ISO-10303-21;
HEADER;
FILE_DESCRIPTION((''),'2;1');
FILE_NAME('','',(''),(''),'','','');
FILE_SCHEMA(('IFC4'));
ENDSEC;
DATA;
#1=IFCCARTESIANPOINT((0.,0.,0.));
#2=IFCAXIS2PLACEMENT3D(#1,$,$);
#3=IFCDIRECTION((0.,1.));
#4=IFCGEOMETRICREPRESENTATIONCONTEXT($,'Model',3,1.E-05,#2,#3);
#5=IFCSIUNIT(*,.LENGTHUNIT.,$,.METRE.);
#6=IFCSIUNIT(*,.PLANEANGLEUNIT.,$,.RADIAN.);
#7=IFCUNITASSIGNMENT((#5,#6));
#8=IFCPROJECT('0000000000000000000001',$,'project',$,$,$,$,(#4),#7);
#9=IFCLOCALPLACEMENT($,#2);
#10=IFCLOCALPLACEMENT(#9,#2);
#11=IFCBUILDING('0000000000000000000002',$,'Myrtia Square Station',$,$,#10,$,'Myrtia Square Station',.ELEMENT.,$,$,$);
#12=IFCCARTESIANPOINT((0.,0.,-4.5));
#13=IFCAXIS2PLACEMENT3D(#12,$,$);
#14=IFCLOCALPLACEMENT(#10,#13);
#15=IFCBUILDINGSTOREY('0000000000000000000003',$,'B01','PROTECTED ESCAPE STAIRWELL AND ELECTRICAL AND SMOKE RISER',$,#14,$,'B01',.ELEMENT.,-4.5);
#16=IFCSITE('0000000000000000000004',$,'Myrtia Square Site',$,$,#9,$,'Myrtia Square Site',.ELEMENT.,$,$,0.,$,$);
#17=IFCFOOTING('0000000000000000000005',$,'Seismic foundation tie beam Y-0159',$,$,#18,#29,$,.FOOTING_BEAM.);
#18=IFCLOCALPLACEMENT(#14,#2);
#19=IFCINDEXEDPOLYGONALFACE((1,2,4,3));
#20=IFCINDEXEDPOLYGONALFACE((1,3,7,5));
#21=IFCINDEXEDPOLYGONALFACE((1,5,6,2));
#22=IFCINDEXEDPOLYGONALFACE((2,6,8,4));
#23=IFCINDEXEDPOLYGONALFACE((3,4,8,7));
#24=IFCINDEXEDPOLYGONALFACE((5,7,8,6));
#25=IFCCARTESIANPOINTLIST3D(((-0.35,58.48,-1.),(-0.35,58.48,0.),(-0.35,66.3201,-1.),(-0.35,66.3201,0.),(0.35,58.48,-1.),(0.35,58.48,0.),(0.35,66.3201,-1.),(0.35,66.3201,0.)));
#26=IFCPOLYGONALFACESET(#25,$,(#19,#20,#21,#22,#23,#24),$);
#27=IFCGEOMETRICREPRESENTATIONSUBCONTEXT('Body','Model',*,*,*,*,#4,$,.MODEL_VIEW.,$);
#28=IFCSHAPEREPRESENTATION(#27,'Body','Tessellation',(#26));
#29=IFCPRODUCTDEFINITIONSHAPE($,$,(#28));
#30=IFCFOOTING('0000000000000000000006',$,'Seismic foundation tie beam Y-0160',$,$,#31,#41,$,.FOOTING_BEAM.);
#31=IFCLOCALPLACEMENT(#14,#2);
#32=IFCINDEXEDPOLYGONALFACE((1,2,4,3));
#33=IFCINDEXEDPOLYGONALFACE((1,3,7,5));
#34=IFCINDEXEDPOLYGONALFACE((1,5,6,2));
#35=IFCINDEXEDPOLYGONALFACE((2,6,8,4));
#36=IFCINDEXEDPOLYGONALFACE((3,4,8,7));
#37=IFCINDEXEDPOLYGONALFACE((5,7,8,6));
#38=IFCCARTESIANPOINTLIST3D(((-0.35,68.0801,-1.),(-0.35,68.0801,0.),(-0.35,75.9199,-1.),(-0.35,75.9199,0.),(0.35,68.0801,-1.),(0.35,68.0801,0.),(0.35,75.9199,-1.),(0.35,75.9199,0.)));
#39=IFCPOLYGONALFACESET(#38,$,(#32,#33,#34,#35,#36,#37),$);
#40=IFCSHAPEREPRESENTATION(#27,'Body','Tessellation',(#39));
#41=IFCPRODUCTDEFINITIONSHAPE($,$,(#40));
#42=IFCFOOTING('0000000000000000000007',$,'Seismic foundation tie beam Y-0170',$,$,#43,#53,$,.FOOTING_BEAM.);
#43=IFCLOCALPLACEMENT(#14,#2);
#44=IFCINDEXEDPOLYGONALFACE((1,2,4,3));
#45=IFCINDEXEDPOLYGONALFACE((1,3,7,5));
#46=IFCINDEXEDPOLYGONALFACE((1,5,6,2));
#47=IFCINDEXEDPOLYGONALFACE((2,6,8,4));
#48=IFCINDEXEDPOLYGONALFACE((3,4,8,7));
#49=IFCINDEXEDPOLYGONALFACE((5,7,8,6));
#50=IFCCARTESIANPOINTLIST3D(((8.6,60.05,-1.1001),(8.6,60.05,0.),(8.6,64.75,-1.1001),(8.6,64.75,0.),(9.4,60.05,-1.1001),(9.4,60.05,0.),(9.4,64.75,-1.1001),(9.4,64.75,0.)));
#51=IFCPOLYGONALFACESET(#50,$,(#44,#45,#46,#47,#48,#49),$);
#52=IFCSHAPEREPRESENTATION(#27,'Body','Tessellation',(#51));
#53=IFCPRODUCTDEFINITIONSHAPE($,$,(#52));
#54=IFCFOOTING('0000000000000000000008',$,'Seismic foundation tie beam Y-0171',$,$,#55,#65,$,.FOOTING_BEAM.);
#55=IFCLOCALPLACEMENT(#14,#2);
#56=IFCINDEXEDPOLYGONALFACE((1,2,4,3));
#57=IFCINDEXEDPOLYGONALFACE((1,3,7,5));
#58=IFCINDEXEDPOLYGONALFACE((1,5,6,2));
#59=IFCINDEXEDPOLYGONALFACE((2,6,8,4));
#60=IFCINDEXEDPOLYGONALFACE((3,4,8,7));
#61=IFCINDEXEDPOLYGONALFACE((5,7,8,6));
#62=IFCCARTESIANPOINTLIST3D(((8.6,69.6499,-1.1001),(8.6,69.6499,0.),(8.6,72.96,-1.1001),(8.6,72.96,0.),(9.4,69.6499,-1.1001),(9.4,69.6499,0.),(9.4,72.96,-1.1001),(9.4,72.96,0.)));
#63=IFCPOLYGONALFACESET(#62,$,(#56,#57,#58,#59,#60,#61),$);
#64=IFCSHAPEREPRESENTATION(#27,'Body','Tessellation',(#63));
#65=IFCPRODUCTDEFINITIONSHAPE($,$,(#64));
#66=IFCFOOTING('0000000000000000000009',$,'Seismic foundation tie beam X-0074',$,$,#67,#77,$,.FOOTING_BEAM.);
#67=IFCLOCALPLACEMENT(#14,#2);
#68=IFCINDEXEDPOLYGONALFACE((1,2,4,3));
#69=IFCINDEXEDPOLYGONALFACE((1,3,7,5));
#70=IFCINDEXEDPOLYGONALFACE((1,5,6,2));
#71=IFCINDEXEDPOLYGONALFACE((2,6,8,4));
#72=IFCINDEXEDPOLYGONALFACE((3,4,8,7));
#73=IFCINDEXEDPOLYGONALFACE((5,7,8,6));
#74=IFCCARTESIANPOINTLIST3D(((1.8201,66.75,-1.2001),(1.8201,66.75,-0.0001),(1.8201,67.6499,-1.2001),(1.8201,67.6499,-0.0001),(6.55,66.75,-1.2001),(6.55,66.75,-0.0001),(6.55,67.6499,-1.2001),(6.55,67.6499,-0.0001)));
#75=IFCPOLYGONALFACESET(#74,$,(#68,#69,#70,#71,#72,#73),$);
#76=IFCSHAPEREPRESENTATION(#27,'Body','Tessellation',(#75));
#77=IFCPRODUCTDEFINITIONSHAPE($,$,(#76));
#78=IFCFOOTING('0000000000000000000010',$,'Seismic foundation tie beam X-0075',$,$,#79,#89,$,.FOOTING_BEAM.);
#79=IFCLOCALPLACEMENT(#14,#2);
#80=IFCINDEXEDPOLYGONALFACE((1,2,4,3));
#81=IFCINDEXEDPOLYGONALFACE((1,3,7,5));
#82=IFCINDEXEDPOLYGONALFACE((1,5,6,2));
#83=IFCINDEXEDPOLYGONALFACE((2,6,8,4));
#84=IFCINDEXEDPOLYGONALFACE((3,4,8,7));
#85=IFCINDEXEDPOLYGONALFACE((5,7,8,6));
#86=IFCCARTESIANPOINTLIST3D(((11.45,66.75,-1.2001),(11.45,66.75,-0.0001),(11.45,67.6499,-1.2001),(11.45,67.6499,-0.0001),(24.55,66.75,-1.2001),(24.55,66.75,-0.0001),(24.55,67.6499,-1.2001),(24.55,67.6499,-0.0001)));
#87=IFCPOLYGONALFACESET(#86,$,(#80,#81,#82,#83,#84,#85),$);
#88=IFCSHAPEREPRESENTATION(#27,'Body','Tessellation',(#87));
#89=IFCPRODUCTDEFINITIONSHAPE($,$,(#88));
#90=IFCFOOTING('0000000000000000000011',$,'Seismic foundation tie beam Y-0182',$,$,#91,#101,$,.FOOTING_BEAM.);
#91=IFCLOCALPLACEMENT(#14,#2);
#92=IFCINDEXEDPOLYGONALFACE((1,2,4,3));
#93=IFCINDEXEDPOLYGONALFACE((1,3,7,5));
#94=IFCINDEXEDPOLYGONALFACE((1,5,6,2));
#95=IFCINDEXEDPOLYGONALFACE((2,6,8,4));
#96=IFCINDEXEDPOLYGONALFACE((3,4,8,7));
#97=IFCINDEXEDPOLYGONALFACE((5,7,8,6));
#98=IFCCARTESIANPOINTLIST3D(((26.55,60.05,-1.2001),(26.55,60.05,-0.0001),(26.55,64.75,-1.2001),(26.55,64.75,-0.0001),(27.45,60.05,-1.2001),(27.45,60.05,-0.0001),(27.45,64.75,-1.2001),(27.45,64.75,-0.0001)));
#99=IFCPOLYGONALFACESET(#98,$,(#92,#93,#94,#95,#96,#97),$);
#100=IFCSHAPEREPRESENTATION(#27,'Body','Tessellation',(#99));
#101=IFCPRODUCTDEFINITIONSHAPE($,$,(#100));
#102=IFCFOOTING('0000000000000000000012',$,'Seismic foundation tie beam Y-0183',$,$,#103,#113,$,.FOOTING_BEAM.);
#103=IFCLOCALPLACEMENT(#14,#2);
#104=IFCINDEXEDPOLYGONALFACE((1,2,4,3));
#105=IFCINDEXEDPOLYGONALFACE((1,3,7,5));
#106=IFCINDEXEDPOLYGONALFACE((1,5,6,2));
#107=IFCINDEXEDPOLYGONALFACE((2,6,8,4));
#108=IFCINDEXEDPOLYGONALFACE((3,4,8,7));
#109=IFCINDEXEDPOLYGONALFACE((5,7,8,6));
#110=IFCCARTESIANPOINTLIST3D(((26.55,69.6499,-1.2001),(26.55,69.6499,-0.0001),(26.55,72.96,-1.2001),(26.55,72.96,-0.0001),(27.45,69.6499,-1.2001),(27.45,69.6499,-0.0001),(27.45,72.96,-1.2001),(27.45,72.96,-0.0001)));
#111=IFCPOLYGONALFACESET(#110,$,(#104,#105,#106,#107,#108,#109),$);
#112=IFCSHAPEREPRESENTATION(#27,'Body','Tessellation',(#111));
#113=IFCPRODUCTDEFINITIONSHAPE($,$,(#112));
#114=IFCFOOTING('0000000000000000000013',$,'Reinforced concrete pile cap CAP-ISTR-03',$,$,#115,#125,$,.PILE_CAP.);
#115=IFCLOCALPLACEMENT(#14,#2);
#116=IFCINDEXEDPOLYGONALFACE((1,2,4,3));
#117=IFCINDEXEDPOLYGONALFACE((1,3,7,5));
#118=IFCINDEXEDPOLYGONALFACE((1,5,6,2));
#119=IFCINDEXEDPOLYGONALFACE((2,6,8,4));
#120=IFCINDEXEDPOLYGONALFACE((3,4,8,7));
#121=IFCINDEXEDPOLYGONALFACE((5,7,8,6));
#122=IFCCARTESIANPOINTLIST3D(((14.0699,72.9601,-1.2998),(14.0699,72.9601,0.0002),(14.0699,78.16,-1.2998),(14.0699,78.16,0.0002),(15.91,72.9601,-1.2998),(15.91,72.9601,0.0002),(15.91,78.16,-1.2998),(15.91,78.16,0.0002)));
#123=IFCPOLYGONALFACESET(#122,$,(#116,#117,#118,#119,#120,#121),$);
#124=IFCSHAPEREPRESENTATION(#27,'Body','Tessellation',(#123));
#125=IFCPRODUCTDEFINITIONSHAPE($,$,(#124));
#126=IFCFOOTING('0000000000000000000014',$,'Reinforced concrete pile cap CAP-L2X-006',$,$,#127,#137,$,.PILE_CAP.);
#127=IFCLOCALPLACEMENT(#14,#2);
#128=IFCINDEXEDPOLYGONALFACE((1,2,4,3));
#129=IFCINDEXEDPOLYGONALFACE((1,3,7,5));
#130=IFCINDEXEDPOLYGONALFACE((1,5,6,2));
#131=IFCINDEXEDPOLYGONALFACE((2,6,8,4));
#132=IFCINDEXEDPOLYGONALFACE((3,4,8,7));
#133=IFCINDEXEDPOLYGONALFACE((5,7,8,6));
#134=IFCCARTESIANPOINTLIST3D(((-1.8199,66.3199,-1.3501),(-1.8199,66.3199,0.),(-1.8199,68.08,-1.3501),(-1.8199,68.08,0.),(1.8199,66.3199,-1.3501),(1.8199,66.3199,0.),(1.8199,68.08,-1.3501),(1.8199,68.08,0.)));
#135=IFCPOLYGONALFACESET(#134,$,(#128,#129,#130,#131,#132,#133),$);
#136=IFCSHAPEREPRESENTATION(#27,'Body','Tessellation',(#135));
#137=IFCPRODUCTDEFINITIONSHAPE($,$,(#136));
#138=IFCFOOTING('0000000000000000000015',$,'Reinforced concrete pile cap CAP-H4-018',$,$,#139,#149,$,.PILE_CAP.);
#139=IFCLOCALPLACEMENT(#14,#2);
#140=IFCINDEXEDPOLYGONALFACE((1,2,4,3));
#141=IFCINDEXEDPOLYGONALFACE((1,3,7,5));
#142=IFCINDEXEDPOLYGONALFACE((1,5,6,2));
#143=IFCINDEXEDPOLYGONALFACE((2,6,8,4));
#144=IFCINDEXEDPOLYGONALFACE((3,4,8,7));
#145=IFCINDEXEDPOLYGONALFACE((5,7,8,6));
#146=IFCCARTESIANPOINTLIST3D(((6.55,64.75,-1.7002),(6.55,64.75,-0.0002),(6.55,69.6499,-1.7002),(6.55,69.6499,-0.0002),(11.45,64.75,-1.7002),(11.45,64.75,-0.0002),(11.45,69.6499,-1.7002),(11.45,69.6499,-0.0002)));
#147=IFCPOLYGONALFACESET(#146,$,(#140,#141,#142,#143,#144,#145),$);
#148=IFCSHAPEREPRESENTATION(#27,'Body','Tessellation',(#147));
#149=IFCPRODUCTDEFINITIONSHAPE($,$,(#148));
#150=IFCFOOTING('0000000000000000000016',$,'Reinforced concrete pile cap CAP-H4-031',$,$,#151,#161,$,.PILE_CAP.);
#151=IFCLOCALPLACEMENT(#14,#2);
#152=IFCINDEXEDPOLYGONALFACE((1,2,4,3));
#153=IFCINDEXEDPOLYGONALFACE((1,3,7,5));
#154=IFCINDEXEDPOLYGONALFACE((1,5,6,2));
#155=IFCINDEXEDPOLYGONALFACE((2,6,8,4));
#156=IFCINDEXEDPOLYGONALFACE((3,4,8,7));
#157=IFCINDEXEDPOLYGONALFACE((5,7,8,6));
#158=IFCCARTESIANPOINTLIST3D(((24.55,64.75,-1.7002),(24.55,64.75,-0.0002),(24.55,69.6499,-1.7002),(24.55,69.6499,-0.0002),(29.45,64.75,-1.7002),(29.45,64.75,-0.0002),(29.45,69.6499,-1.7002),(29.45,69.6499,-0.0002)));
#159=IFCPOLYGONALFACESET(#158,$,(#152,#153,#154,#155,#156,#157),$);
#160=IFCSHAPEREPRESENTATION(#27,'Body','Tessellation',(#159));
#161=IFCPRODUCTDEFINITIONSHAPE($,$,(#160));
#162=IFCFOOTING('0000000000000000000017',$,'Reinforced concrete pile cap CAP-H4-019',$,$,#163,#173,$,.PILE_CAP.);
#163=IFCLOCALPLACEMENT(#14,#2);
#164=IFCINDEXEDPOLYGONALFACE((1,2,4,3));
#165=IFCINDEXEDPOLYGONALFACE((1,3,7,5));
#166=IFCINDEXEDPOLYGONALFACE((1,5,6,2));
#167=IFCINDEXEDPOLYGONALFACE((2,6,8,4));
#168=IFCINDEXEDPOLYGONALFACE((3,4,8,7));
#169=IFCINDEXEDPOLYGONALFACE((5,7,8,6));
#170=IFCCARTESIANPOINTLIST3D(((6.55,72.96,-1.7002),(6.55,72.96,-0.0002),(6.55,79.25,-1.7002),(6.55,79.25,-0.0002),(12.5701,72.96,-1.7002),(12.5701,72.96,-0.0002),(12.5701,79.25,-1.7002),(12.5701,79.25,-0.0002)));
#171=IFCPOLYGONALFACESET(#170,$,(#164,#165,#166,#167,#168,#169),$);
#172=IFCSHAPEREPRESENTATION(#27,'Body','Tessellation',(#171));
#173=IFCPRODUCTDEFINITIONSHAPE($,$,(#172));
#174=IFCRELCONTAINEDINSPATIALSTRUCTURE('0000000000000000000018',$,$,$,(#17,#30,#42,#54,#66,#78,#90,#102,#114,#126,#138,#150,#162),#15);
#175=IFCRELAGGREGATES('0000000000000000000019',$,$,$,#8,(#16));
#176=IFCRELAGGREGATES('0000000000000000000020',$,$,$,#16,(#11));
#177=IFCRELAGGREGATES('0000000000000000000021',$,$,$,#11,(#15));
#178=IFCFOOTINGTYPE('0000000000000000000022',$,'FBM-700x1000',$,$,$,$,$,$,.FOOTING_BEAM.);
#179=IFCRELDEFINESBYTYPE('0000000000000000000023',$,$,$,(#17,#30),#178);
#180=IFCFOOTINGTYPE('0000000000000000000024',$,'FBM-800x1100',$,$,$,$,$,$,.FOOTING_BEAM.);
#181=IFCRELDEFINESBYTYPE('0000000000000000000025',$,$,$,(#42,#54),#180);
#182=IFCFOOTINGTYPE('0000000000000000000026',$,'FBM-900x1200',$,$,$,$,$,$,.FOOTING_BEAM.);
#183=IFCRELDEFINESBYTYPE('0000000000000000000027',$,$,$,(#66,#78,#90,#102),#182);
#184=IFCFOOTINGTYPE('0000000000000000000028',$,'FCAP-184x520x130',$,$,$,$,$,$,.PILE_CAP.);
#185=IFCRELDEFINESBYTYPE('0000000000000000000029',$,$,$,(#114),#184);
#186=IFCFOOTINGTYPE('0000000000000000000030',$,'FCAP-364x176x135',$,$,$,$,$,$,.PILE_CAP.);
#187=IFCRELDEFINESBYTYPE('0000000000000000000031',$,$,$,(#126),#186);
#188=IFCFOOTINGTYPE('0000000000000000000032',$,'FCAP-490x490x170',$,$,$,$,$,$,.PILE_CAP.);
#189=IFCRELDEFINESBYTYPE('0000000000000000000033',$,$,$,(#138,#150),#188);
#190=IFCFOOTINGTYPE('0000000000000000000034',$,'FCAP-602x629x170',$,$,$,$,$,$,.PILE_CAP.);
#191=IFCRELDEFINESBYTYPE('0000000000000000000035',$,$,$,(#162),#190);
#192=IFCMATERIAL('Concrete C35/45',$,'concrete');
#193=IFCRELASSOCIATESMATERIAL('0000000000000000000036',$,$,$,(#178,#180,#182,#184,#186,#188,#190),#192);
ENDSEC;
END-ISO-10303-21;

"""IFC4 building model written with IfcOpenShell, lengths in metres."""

from ifc_helpers import new_model, si_unit, direction, frame, origin, origin_2d, place, context, subcontext, project, spatial, rectangle, extrude, material, material_profile, profile_set, type_object, element, save


model = new_model("IFC4")

# Units and contexts
model_context = context("Model", 3, precision=1e-05, world=origin(), true_north=direction((0.0, 1.0)))
body_context = subcontext(model_context, "Body", "Model", "MODEL_VIEW")
ifc_project = project(units=[si_unit("LENGTHUNIT", "METRE"), si_unit("PLANEANGLEUNIT", "RADIAN")], contexts=[model_context])

# Site, building, storey
site_placement = place(None, origin())
site = spatial("IfcSite", under=ifc_project, at=site_placement, Name="Myrtia Square Site", LongName="Myrtia Square Site", CompositionType="ELEMENT", RefElevation=0.0)
building_placement = place(site_placement, origin())
building = spatial("IfcBuilding", under=site, at=building_placement, Name="Myrtia Square Station", LongName="Myrtia Square Station", CompositionType="ELEMENT")
storey_placement = place(building_placement, frame((0.0, 0.0, -4.5)))
storey = spatial("IfcBuildingStorey", under=building, at=storey_placement, Name="B01", Description="PROTECTED ESCAPE STAIRWELL AND ELECTRICAL AND SMOKE RISER", LongName="B01", CompositionType="ELEMENT", Elevation=-4.5)

# Footings
ifc_material_1 = material(Name="Concrete C35/45", Category="concrete")
ifc_material_profile_1 = material_profile(ifc_material_1, rectangle(XDim=0.7, YDim=1.0, at=origin_2d()), Name="FB 700x1000")
ifc_profile_set_1 = profile_set([ifc_material_profile_1], Name="Concrete C35/45")
footing_type_1 = type_object("IfcFootingType", Name="FBM-700x1000", PredefinedType="FOOTING_BEAM", material=ifc_profile_set_1)
footing_1_placement = place(storey_placement, frame((0.0, 58.48, -0.5), z_axis=(0.0, 1.0, 0.0), x_axis=(-1.0, 0.0, 0.0)))
element("IfcFooting", 1, at=footing_1_placement, inside=storey, type_object=footing_type_1, Name="Seismic foundation tie beam Y-0159", PredefinedType="FOOTING_BEAM", context=body_context, shape_type="SweptSolid", body=[
    extrude(rectangle(XDim=0.7, YDim=1.0, at=origin_2d()), origin(), (0.0, 0.0, 1.0), 7.8401),
])
footing_2_placement = place(storey_placement, frame((0.0, 68.0801, -0.5), z_axis=(0.0, 1.0, 0.0), x_axis=(-1.0, 0.0, 0.0)))
element("IfcFooting", 2, at=footing_2_placement, inside=storey, type_object=footing_type_1, Name="Seismic foundation tie beam Y-0160", PredefinedType="FOOTING_BEAM", context=body_context, shape_type="SweptSolid", body=[
    extrude(rectangle(XDim=0.7, YDim=1.0, at=origin_2d()), origin(), (0.0, 0.0, 1.0), 7.8398),
])
ifc_material_profile_2 = material_profile(ifc_material_1, rectangle(XDim=0.8, YDim=1.1001, at=origin_2d()), Name="FB 800x1100")
ifc_profile_set_2 = profile_set([ifc_material_profile_2], Name="Concrete C35/45")
footing_type_2 = type_object("IfcFootingType", Name="FBM-800x1100", PredefinedType="FOOTING_BEAM", material=ifc_profile_set_2)
footing_3_placement = place(storey_placement, frame((9.0, 60.05, -0.55), z_axis=(0.0, 1.0, 0.0), x_axis=(-1.0, 0.0, 0.0)))
element("IfcFooting", 3, at=footing_3_placement, inside=storey, type_object=footing_type_2, Name="Seismic foundation tie beam Y-0170", PredefinedType="FOOTING_BEAM", context=body_context, shape_type="SweptSolid", body=[
    extrude(rectangle(XDim=0.8, YDim=1.1001, at=origin_2d()), origin(), (0.0, 0.0, 1.0), 4.7),
])
footing_4_placement = place(storey_placement, frame((9.0, 69.6499, -0.55), z_axis=(0.0, 1.0, 0.0), x_axis=(-1.0, 0.0, 0.0)))
element("IfcFooting", 4, at=footing_4_placement, inside=storey, type_object=footing_type_2, Name="Seismic foundation tie beam Y-0171", PredefinedType="FOOTING_BEAM", context=body_context, shape_type="SweptSolid", body=[
    extrude(rectangle(XDim=0.8, YDim=1.1001, at=origin_2d()), origin(), (0.0, 0.0, 1.0), 3.3101),
])
ifc_material_profile_3 = material_profile(ifc_material_1, rectangle(XDim=0.8999, YDim=1.2, at=origin_2d()), Name="FB 900x1200")
ifc_profile_set_3 = profile_set([ifc_material_profile_3], Name="Concrete C35/45")
footing_type_3 = type_object("IfcFootingType", Name="FBM-900x1200", PredefinedType="FOOTING_BEAM", material=ifc_profile_set_3)
footing_5_placement = place(storey_placement, frame((1.8201, 67.2, -0.6001), z_axis=(1.0, 0.0, 0.0), x_axis=(0.0, 1.0, 0.0)))
element("IfcFooting", 5, at=footing_5_placement, inside=storey, type_object=footing_type_3, Name="Seismic foundation tie beam X-0074", PredefinedType="FOOTING_BEAM", context=body_context, shape_type="SweptSolid", body=[
    extrude(rectangle(XDim=0.8999, YDim=1.2, at=origin_2d()), origin(), (0.0, 0.0, 1.0), 4.73),
])
footing_6_placement = place(storey_placement, frame((11.45, 67.2, -0.6001), z_axis=(1.0, 0.0, 0.0), x_axis=(0.0, 1.0, 0.0)))
element("IfcFooting", 6, at=footing_6_placement, inside=storey, type_object=footing_type_3, Name="Seismic foundation tie beam X-0075", PredefinedType="FOOTING_BEAM", context=body_context, shape_type="SweptSolid", body=[
    extrude(rectangle(XDim=0.8999, YDim=1.2, at=origin_2d()), origin(), (0.0, 0.0, 1.0), 13.1001),
])
footing_7_placement = place(storey_placement, frame((27.0, 60.05, -0.6001), z_axis=(0.0, 1.0, 0.0), x_axis=(-1.0, 0.0, 0.0)))
element("IfcFooting", 7, at=footing_7_placement, inside=storey, type_object=footing_type_3, Name="Seismic foundation tie beam Y-0182", PredefinedType="FOOTING_BEAM", context=body_context, shape_type="SweptSolid", body=[
    extrude(rectangle(XDim=0.8999, YDim=1.2, at=origin_2d()), origin(), (0.0, 0.0, 1.0), 4.7),
])
footing_8_placement = place(storey_placement, frame((27.0, 69.6499, -0.6001), z_axis=(0.0, 1.0, 0.0), x_axis=(-1.0, 0.0, 0.0)))
element("IfcFooting", 8, at=footing_8_placement, inside=storey, type_object=footing_type_3, Name="Seismic foundation tie beam Y-0183", PredefinedType="FOOTING_BEAM", context=body_context, shape_type="SweptSolid", body=[
    extrude(rectangle(XDim=0.8999, YDim=1.2, at=origin_2d()), origin(), (0.0, 0.0, 1.0), 3.3101),
])
footing_type_4 = type_object("IfcFootingType", Name="FCAP-184x520x130", PredefinedType="PILE_CAP", material=ifc_material_1)
footing_9_placement = place(storey_placement, frame((14.99, 75.5601, -1.2998), z_axis=(0.0, 0.0, 1.0), x_axis=(1.0, 0.0, 0.0)))
element("IfcFooting", 9, at=footing_9_placement, inside=storey, type_object=footing_type_4, Name="Reinforced concrete pile cap CAP-ISTR-03", PredefinedType="PILE_CAP", context=body_context, shape_type="SweptSolid", body=[
    extrude(rectangle(XDim=1.8401, YDim=5.2, at=origin_2d()), origin(), (0.0, 0.0, 1.0), 1.3),
])
footing_type_5 = type_object("IfcFootingType", Name="FCAP-364x176x135", PredefinedType="PILE_CAP", material=ifc_material_1)
footing_10_placement = place(storey_placement, frame((0.0, 67.2, -1.3501), z_axis=(0.0, 0.0, 1.0), x_axis=(1.0, 0.0, 0.0)))
element("IfcFooting", 10, at=footing_10_placement, inside=storey, type_object=footing_type_5, Name="Reinforced concrete pile cap CAP-L2X-006", PredefinedType="PILE_CAP", context=body_context, shape_type="SweptSolid", body=[
    extrude(rectangle(XDim=3.6399, YDim=1.76, at=origin_2d()), origin(), (0.0, 0.0, 1.0), 1.3501),
])
footing_type_6 = type_object("IfcFootingType", Name="FCAP-490x490x170", PredefinedType="PILE_CAP", material=ifc_material_1)
for number, where, z_axis, x_axis, name in (
    (11, (9.0, 67.2, -1.7002), (0.0, 0.0, 1.0), (1.0, 0.0, 0.0), "Reinforced concrete pile cap CAP-H4-018"),
    (12, (27.0, 67.2, -1.7002), (0.0, 0.0, 1.0), (1.0, 0.0, 0.0), "Reinforced concrete pile cap CAP-H4-031"),
):
    element("IfcFooting", number, at=place(storey_placement, frame(where, z_axis=z_axis, x_axis=x_axis)), inside=storey, type_object=footing_type_6, Name=name, PredefinedType="PILE_CAP", context=body_context, shape_type="SweptSolid", body=[
        extrude(rectangle(XDim=4.8999, YDim=4.8999, at=origin_2d()), origin(), (0.0, 0.0, 1.0), 1.7),
    ])
footing_type_7 = type_object("IfcFootingType", Name="FCAP-602x629x170", PredefinedType="PILE_CAP", material=ifc_material_1)
footing_11_placement = place(storey_placement, frame((9.5601, 76.105, -1.7002), z_axis=(0.0, 0.0, 1.0), x_axis=(1.0, 0.0, 0.0)))
element("IfcFooting", 13, at=footing_11_placement, inside=storey, type_object=footing_type_7, Name="Reinforced concrete pile cap CAP-H4-019", PredefinedType="PILE_CAP", context=body_context, shape_type="SweptSolid", body=[
    extrude(rectangle(XDim=6.02, YDim=6.29, at=origin_2d()), origin(), (0.0, 0.0, 1.0), 1.7),
])

save(model, "model.ifc")
